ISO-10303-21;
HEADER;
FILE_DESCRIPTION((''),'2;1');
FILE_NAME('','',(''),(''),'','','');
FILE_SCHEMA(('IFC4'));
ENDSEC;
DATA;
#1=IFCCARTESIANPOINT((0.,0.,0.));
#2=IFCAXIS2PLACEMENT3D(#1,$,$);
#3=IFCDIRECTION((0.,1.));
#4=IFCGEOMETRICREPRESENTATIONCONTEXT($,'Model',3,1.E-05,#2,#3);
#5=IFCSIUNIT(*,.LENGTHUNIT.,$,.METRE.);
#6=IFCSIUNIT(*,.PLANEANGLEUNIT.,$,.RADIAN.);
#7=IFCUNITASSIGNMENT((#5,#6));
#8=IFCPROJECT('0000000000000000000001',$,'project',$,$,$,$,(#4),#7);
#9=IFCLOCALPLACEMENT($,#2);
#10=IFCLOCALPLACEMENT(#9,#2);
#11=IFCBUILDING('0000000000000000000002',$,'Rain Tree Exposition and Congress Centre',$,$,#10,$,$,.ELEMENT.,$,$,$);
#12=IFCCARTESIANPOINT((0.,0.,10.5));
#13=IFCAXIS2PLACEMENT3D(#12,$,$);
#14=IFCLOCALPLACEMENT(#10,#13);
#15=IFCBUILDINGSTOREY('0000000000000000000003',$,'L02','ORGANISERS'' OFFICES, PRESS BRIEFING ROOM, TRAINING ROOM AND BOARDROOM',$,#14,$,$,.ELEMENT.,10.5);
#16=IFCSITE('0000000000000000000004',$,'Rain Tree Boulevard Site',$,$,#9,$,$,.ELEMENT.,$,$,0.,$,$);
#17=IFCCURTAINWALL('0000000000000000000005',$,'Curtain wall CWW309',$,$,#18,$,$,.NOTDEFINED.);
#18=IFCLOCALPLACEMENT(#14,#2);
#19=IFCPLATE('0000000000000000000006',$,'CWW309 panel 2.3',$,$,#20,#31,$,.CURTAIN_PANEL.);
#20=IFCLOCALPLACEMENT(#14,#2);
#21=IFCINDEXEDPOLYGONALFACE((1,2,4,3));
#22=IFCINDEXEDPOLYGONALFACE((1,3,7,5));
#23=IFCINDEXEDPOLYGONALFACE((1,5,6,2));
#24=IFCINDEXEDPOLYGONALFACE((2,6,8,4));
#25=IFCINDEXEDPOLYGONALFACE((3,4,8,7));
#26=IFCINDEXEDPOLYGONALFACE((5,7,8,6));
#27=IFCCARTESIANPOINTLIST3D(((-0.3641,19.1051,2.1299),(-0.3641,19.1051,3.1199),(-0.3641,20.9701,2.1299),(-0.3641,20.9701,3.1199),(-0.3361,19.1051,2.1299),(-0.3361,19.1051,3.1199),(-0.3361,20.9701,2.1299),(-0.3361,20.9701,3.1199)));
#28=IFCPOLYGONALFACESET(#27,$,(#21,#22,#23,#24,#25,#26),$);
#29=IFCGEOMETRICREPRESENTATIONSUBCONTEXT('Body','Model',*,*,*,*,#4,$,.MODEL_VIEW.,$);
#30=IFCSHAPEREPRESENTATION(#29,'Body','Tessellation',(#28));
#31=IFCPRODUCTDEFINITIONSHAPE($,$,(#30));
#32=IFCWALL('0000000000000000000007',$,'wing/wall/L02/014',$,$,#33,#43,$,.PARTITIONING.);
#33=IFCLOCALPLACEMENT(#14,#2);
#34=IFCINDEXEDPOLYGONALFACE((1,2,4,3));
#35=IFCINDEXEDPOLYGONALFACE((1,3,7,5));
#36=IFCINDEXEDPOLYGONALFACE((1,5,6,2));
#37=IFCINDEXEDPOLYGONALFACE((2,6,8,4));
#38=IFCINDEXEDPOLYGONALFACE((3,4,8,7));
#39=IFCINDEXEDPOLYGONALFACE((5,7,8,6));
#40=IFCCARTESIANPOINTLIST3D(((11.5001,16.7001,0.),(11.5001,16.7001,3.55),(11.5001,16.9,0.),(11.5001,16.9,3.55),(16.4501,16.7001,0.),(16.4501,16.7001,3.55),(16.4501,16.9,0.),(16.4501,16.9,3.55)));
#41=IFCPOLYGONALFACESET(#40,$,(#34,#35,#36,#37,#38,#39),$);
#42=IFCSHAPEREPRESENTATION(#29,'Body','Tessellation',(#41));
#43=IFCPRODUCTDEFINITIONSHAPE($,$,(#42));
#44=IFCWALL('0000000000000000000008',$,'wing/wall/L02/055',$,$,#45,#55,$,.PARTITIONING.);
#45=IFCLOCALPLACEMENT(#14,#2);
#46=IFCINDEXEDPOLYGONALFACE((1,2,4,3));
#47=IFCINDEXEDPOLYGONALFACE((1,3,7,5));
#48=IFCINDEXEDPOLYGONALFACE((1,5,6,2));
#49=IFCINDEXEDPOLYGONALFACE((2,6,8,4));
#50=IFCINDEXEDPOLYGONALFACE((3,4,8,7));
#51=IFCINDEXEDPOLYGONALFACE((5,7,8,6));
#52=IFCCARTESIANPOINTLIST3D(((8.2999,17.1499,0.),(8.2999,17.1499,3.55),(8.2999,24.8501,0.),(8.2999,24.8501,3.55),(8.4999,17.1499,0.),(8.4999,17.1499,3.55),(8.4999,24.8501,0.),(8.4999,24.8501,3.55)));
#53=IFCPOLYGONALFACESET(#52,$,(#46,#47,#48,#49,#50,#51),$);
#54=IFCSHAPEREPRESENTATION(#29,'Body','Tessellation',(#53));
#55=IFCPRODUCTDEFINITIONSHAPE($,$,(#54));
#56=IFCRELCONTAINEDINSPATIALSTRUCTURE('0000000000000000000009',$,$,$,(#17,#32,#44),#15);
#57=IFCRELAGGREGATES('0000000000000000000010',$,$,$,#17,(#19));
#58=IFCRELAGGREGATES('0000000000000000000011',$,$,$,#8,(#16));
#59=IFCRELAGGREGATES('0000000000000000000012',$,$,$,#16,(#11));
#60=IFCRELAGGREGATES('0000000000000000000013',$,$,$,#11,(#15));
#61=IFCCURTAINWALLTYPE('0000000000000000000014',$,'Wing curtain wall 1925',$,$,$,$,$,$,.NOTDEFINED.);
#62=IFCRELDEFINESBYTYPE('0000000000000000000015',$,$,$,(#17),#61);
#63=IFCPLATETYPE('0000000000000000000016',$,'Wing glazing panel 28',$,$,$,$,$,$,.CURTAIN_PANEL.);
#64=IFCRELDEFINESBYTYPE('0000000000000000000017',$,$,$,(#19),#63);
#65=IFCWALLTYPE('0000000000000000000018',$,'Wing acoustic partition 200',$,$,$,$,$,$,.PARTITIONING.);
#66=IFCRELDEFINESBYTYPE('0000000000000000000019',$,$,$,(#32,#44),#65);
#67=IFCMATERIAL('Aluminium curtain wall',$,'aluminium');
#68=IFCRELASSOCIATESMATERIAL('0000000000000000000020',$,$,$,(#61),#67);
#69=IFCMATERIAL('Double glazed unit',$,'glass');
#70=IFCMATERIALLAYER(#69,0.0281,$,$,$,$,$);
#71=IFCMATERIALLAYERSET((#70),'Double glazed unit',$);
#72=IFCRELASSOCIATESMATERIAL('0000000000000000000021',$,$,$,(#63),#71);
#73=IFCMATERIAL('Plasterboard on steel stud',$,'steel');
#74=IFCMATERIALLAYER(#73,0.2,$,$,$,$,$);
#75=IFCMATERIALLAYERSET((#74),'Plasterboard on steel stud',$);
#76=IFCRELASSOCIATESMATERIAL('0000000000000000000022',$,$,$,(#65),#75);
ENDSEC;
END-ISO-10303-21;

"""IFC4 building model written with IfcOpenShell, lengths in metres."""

from ifc_helpers import new_model, si_unit, direction, frame, frame_2d, origin, origin_2d, place, context, subcontext, project, spatial, rectangle, extrude, material, layer, layer_set, type_object, element, aggregate, save


model = new_model("IFC4")

# Units and contexts
model_context = context("Model", 3, precision=1e-05, world=origin(), true_north=direction((0.0, 1.0)))
body_context = subcontext(model_context, "Body", "Model", "MODEL_VIEW")
ifc_project = project(units=[si_unit("LENGTHUNIT", "METRE"), si_unit("PLANEANGLEUNIT", "RADIAN")], contexts=[model_context])

# Site, building, storey
site_placement = place(None, origin())
site = spatial("IfcSite", under=ifc_project, at=site_placement, Name="Rain Tree Boulevard Site", CompositionType="ELEMENT", RefElevation=0.0)
building_placement = place(site_placement, origin())
building = spatial("IfcBuilding", under=site, at=building_placement, Name="Rain Tree Exposition and Congress Centre", CompositionType="ELEMENT")
storey_placement = place(building_placement, frame((0.0, 0.0, 10.5)))
storey = spatial("IfcBuildingStorey", under=building, at=storey_placement, Name="L02", Description="ORGANISERS' OFFICES, PRESS BRIEFING ROOM, TRAINING ROOM AND BOARDROOM", CompositionType="ELEMENT", Elevation=10.5)

# Shared definitions
ifc_material_1 = material(Name="Aluminium curtain wall", Category="aluminium")
curtain_wall_type = type_object("IfcCurtainWallType", Name="Wing curtain wall 1925", PredefinedType="NOTDEFINED", material=ifc_material_1)

# Curtain wall
curtain_wall_1_placement = place(storey_placement, origin())
curtain_wall_1 = element("IfcCurtainWall", 1, at=curtain_wall_1_placement, inside=storey, type_object=curtain_wall_type, Name="Curtain wall CWW309", PredefinedType="NOTDEFINED")

# Plate
ifc_material_2 = material(Name="Double glazed unit", Category="glass")
ifc_layer_1 = layer(ifc_material_2, 0.0281)
ifc_layer_set_1 = layer_set([ifc_layer_1], Name="Double glazed unit")
plate_type = type_object("IfcPlateType", Name="Wing glazing panel 28", PredefinedType="CURTAIN_PANEL", material=ifc_layer_set_1)
plate_1_placement = place(storey_placement, frame((-0.3501, 20.0376, 2.1299), z_axis=(0.0, 0.0, 1.0), x_axis=(0.0, 1.0, 0.0)))
plate_1 = element("IfcPlate", 2, at=plate_1_placement, type_object=plate_type, Name="CWW309 panel 2.3", PredefinedType="CURTAIN_PANEL", context=body_context, shape_type="SweptSolid", body=[
    extrude(rectangle(XDim=1.865, YDim=0.0281, at=origin_2d()), origin(), (0.0, 0.0, 1.0), 0.99),
])
aggregate(curtain_wall_1, [plate_1])

# Walls
ifc_material_3 = material(Name="Plasterboard on steel stud", Category="steel")
ifc_layer_2 = layer(ifc_material_3, 0.2)
ifc_layer_set_2 = layer_set([ifc_layer_2], Name="Plasterboard on steel stud")
wall_type = type_object("IfcWallType", Name="Wing acoustic partition 200", PredefinedType="PARTITIONING", material=ifc_layer_set_2)
wall_1_placement = place(storey_placement, frame((11.5, 16.8, 0.0), z_axis=(0.0, 0.0, 1.0), x_axis=(1.0, 0.0, 0.0)))
element("IfcWall", 3, at=wall_1_placement, inside=storey, type_object=wall_type, Name="wing/wall/L02/014", PredefinedType="PARTITIONING", context=body_context, shape_type="SweptSolid", body=[
    extrude(rectangle(XDim=4.95, YDim=0.2, at=frame_2d((2.4751, 0.0))), origin(), (0.0, 0.0, 1.0), 3.55),
])
wall_2_placement = place(storey_placement, frame((8.3999, 17.1499, 0.0), z_axis=(0.0, 0.0, 1.0), x_axis=(0.0, 1.0, 0.0)))
element("IfcWall", 4, at=wall_2_placement, inside=storey, type_object=wall_type, Name="wing/wall/L02/055", PredefinedType="PARTITIONING", context=body_context, shape_type="SweptSolid", body=[
    extrude(rectangle(XDim=7.7002, YDim=0.2, at=frame_2d((3.8501, 0.0))), origin(), (0.0, 0.0, 1.0), 3.55),
])

save(model, "model.ifc")
